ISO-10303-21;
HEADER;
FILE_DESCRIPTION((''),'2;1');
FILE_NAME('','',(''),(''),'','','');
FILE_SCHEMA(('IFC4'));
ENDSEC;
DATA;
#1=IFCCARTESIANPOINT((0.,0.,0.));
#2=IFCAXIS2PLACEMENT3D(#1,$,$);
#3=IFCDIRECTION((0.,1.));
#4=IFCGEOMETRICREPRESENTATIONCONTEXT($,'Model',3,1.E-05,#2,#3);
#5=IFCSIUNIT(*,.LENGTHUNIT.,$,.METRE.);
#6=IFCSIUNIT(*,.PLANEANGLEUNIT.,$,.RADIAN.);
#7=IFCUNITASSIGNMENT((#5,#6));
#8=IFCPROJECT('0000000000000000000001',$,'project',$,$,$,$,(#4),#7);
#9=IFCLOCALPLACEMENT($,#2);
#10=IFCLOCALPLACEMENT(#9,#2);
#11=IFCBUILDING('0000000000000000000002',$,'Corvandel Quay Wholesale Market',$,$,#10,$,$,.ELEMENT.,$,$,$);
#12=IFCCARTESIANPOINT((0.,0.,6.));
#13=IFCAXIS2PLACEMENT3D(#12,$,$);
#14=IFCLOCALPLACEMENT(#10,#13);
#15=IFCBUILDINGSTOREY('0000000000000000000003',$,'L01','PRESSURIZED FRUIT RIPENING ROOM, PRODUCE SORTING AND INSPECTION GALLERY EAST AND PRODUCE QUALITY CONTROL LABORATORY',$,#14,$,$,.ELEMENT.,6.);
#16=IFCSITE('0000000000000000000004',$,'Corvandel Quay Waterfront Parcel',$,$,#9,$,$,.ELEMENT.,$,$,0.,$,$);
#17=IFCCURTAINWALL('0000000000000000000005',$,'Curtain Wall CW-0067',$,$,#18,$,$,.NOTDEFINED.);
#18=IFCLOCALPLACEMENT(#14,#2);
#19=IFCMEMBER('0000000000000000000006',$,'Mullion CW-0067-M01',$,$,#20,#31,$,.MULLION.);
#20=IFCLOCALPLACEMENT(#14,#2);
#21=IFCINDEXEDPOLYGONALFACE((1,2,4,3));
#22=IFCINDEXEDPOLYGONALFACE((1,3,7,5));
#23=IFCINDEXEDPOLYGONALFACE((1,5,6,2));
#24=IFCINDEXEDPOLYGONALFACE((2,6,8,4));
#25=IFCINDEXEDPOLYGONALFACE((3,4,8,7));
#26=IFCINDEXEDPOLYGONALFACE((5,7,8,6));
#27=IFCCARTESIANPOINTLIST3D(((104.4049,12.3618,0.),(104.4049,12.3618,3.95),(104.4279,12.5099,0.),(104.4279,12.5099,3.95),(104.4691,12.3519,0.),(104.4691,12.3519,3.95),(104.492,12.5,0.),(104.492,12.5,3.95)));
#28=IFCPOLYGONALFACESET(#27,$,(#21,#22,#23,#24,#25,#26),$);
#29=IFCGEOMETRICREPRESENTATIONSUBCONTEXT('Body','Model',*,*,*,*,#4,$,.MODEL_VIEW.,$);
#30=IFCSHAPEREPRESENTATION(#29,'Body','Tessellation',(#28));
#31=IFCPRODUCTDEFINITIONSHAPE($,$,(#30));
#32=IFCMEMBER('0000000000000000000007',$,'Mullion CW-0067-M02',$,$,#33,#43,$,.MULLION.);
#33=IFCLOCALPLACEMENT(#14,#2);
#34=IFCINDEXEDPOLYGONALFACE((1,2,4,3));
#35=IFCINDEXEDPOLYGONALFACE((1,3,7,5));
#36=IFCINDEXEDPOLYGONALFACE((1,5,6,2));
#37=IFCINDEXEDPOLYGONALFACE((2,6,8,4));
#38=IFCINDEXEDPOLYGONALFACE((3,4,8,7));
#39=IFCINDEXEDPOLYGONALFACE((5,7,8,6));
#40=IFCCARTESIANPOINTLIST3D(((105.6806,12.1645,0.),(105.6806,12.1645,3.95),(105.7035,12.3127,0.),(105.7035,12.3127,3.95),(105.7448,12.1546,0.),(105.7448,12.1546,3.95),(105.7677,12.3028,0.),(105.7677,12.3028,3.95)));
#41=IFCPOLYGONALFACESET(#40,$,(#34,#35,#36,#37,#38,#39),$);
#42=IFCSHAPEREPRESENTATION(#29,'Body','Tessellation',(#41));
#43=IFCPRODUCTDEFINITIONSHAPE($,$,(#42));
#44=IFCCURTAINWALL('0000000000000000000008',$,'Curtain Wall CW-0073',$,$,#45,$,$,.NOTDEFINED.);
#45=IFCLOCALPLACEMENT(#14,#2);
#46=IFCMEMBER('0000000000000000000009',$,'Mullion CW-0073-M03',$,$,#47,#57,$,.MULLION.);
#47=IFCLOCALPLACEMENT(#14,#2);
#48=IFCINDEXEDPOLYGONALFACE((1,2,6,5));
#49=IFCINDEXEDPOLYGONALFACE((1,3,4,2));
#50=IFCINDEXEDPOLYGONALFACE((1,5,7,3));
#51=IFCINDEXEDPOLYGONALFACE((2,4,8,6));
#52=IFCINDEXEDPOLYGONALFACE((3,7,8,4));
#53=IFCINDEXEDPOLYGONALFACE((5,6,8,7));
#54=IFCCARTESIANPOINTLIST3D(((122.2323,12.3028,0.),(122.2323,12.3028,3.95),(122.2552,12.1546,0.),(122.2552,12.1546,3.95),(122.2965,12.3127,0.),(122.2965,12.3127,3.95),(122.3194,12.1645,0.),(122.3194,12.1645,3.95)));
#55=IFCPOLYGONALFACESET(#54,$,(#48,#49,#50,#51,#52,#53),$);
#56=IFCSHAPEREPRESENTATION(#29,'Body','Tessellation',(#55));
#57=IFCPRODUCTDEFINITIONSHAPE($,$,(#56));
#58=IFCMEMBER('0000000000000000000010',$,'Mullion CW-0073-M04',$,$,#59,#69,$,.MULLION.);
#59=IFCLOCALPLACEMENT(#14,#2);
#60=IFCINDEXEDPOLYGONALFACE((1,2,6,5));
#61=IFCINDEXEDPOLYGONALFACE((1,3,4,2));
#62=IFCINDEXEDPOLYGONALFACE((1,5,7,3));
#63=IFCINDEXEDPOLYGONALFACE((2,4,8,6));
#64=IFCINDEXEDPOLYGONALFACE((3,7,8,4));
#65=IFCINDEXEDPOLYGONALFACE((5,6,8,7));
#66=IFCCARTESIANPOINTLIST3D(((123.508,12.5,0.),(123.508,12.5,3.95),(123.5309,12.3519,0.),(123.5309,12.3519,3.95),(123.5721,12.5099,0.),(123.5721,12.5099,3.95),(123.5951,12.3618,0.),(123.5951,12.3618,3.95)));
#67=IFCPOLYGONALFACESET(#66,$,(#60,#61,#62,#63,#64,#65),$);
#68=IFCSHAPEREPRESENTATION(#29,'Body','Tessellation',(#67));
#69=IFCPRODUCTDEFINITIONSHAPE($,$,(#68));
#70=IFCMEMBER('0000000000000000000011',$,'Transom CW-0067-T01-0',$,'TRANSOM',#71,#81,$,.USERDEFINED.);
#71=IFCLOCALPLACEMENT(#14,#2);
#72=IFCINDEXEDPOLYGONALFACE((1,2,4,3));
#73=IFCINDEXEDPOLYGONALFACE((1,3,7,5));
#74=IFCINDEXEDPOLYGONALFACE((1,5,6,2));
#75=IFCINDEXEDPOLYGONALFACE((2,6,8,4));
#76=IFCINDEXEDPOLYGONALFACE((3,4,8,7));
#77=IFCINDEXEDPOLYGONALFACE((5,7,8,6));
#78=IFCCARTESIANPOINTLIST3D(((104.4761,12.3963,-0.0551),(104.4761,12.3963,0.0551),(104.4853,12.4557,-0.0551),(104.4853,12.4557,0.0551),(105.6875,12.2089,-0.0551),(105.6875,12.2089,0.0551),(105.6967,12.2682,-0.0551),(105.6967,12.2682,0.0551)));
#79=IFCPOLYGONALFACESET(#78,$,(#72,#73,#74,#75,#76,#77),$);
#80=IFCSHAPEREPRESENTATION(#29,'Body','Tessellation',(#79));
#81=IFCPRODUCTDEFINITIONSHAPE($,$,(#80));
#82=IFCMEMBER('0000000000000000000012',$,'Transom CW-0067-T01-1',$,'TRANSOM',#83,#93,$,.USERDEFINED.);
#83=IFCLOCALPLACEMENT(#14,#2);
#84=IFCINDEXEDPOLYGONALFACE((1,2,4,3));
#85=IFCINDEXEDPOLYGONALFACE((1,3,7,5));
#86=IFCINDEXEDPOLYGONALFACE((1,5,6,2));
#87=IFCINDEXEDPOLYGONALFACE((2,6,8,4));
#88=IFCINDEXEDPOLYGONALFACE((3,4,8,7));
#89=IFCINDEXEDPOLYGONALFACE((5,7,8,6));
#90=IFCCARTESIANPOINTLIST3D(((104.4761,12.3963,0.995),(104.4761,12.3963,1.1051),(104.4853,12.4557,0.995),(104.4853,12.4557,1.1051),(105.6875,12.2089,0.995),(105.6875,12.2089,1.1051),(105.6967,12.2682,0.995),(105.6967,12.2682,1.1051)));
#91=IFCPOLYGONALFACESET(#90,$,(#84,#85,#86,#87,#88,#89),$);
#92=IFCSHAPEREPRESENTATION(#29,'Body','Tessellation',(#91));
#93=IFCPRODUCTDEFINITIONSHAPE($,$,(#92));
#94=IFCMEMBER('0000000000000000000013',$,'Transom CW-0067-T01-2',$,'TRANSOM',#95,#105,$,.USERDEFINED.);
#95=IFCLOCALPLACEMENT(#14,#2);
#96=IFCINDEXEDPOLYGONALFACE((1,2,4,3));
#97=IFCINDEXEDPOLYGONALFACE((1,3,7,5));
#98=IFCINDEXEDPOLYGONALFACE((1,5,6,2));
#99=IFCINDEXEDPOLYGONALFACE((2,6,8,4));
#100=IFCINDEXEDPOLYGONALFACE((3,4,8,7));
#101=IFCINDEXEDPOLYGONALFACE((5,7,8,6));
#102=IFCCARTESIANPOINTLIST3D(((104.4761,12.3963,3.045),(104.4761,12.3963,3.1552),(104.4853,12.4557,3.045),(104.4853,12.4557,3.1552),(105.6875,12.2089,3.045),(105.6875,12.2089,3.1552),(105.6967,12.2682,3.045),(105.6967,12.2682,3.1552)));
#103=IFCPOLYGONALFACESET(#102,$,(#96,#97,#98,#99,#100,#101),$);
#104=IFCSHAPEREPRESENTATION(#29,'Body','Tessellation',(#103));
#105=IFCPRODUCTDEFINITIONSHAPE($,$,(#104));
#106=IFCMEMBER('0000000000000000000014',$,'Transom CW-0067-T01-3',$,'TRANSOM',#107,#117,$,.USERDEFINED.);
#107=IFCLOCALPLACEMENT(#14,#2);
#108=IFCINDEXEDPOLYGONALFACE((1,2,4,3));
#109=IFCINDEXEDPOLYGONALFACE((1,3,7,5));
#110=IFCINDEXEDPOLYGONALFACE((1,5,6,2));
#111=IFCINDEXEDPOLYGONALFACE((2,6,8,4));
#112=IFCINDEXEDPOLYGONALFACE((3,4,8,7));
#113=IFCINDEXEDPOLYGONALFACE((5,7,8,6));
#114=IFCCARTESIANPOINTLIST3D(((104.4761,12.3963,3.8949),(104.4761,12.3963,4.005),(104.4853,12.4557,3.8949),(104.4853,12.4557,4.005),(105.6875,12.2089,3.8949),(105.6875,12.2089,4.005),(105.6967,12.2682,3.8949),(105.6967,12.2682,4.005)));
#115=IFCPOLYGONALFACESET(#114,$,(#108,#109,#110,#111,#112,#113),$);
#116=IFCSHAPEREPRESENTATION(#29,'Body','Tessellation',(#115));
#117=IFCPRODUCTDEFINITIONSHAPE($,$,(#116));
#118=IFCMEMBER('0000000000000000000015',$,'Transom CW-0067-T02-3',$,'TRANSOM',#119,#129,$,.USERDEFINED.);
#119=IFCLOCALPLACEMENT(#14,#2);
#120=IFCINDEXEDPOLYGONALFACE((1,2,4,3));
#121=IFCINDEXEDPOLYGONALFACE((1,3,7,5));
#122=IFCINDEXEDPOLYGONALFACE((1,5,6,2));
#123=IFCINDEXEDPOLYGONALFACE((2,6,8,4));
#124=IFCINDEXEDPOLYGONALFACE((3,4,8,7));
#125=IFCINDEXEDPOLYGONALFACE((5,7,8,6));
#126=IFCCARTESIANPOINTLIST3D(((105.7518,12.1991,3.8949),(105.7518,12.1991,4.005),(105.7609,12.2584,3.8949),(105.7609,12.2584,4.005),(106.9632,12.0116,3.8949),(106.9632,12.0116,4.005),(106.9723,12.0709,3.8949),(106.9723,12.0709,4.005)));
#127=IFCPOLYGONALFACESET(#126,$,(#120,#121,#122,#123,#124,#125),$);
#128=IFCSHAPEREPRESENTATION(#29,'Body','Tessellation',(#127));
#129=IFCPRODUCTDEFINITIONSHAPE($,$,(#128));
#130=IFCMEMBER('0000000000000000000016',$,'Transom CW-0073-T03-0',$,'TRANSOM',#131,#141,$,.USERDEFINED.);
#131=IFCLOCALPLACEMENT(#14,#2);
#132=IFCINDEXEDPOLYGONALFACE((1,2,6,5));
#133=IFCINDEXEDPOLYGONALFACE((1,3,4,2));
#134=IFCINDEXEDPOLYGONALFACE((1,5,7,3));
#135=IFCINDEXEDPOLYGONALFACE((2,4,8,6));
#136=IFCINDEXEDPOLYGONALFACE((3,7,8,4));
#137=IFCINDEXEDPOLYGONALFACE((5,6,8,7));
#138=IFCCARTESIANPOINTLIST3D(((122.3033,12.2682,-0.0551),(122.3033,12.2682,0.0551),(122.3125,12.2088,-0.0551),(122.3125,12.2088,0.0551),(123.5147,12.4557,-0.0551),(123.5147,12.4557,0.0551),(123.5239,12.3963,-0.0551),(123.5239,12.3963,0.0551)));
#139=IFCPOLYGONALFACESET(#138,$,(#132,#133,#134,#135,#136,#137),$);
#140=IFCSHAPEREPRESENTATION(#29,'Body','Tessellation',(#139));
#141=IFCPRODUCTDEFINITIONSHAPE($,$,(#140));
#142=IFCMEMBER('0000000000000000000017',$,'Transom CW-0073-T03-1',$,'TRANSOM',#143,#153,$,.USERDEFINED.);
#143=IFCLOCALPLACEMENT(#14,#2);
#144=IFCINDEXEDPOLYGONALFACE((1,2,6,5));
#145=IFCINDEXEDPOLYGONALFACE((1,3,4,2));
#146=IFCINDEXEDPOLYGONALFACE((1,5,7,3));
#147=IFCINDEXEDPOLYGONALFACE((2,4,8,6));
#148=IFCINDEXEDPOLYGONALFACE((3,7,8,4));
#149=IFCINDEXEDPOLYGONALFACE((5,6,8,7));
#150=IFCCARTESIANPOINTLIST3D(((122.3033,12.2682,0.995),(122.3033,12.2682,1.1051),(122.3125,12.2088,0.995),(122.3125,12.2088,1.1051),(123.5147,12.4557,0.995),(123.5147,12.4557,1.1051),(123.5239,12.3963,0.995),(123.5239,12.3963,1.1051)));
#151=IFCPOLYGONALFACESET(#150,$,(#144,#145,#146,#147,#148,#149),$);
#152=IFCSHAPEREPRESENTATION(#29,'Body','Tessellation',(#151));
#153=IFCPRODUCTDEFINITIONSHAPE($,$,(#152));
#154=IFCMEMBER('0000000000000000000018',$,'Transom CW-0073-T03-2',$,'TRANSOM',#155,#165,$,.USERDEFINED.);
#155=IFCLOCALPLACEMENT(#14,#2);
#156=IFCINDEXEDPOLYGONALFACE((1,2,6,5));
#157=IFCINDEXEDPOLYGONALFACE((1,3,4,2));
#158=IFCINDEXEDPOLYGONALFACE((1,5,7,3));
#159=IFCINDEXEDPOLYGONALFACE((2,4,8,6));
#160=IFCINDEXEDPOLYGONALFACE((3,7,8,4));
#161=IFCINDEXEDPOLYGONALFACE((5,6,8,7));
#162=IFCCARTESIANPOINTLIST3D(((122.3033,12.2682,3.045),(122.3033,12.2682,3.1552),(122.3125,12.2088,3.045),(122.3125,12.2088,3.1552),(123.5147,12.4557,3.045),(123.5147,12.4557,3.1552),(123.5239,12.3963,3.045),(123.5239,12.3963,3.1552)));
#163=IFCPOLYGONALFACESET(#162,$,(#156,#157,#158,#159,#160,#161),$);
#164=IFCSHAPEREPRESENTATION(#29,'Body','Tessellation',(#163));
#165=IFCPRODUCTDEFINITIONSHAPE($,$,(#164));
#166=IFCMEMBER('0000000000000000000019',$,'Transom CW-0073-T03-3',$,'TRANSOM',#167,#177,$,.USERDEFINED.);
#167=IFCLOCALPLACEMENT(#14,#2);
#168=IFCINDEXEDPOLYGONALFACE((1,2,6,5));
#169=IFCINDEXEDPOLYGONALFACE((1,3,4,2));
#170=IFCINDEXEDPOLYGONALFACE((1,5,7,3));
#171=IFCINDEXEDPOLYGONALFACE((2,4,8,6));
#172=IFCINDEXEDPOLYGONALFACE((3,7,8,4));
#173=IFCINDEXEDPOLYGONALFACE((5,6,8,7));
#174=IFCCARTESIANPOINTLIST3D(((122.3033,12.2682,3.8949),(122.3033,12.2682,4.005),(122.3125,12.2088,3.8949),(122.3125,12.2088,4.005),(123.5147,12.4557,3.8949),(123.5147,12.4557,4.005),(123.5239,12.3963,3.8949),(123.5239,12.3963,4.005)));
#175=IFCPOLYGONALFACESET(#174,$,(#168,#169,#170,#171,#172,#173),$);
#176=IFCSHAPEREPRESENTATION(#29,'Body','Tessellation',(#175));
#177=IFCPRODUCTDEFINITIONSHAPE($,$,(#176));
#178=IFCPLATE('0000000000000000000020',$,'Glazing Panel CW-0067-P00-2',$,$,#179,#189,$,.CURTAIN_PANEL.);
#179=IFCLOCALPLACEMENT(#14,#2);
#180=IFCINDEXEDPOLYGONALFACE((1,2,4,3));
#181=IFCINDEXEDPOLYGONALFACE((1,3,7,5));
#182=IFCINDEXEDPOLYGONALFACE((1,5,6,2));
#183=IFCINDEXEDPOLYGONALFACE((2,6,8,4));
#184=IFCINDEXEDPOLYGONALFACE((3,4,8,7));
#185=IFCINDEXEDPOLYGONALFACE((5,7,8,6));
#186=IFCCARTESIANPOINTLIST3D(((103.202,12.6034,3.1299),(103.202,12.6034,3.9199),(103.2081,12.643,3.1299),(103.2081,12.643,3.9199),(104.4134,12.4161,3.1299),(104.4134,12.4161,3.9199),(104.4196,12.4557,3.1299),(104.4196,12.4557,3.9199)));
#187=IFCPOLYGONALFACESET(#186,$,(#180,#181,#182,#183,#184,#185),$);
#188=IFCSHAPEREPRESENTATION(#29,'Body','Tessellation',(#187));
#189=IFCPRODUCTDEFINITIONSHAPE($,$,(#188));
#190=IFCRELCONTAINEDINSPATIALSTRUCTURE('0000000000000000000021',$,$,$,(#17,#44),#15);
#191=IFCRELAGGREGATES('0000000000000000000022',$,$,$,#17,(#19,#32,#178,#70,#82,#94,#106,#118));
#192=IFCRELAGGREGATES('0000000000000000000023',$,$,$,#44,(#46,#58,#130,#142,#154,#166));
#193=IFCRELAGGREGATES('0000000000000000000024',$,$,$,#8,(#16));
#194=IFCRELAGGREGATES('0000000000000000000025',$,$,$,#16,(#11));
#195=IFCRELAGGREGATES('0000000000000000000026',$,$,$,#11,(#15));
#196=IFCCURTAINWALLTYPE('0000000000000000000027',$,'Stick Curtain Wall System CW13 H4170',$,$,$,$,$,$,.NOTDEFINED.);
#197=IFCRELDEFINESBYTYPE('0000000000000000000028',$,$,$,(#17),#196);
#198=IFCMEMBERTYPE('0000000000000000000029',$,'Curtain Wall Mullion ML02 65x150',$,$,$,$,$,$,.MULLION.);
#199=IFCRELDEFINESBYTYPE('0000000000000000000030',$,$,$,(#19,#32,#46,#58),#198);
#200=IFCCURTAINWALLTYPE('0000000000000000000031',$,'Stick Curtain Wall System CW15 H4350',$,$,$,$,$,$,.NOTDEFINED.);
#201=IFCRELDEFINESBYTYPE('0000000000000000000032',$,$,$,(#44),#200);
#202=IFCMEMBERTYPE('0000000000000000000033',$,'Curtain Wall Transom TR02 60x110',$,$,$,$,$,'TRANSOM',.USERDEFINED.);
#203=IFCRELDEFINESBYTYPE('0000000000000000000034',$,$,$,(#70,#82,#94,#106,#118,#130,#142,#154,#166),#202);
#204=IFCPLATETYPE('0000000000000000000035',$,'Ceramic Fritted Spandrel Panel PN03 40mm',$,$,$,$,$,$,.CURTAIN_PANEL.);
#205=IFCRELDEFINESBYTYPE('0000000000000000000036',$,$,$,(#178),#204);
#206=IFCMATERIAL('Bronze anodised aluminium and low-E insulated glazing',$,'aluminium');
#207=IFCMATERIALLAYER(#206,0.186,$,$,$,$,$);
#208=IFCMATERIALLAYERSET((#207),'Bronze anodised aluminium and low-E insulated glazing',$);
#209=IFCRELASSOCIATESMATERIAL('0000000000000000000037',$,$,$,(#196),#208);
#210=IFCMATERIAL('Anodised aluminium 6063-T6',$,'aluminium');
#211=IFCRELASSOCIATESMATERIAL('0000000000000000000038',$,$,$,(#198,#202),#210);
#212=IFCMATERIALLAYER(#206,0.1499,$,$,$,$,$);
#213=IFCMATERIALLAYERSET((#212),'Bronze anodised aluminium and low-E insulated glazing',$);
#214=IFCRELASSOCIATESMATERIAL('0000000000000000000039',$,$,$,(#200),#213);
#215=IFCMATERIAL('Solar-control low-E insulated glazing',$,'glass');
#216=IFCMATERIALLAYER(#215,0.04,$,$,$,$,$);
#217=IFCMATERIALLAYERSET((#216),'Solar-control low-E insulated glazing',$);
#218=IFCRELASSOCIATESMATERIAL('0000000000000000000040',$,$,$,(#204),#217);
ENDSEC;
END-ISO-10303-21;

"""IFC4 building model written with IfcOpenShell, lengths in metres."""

from ifc_helpers import new_model, si_unit, direction, frame, origin, origin_2d, place, context, subcontext, project, spatial, rectangle, extrude, material, layer, layer_set, material_profile, profile_set, type_object, element, aggregate, save


model = new_model("IFC4")

# Units and contexts
model_context = context("Model", 3, precision=1e-05, world=origin(), true_north=direction((0.0, 1.0)))
body_context = subcontext(model_context, "Body", "Model", "MODEL_VIEW")
ifc_project = project(units=[si_unit("LENGTHUNIT", "METRE"), si_unit("PLANEANGLEUNIT", "RADIAN")], contexts=[model_context])

# Site, building, storey
site_placement = place(None, origin())
site = spatial("IfcSite", under=ifc_project, at=site_placement, Name="Corvandel Quay Waterfront Parcel", CompositionType="ELEMENT", RefElevation=0.0)
building_placement = place(site_placement, origin())
building = spatial("IfcBuilding", under=site, at=building_placement, Name="Corvandel Quay Wholesale Market", CompositionType="ELEMENT")
storey_placement = place(building_placement, frame((0.0, 0.0, 6.0)))
storey = spatial("IfcBuildingStorey", under=building, at=storey_placement, Name="L01", Description="PRESSURIZED FRUIT RIPENING ROOM, PRODUCE SORTING AND INSPECTION GALLERY EAST AND PRODUCE QUALITY CONTROL LABORATORY", CompositionType="ELEMENT", Elevation=6.0)

# Curtain walls, members
ifc_material_1 = material(Name="Bronze anodised aluminium and low-E insulated glazing", Category="aluminium")
ifc_layer_1 = layer(ifc_material_1, 0.186)
ifc_layer_set_1 = layer_set([ifc_layer_1], Name="Bronze anodised aluminium and low-E insulated glazing")
curtain_wall_type_1 = type_object("IfcCurtainWallType", Name="Stick Curtain Wall System CW13 H4170", PredefinedType="NOTDEFINED", material=ifc_layer_set_1)
curtain_wall_1_placement = place(storey_placement, origin())
curtain_wall_1 = element("IfcCurtainWall", 1, at=curtain_wall_1_placement, inside=storey, type_object=curtain_wall_type_1, Name="Curtain Wall CW-0067", PredefinedType="NOTDEFINED")
ifc_material_2 = material(Name="Anodised aluminium 6063-T6", Category="aluminium")
ifc_material_profile_1 = material_profile(ifc_material_2, rectangle(XDim=0.0649, YDim=0.1499, at=origin_2d()), Name="ALU-MUL-65x150")
ifc_profile_set_1 = profile_set([ifc_material_profile_1], Name="Anodised aluminium 6063-T6")
member_type_1 = type_object("IfcMemberType", Name="Curtain Wall Mullion ML02 65x150", PredefinedType="MULLION", material=ifc_profile_set_1)
member_1_placement = place(storey_placement, frame((104.4485, 12.4309, 0.0), z_axis=(0.0, 0.0, 1.0), x_axis=(-0.988255, 0.152813, 0.0)))
member_1 = element("IfcMember", 2, at=member_1_placement, type_object=member_type_1, Name="Mullion CW-0067-M01", PredefinedType="MULLION", context=body_context, shape_type="SweptSolid", body=[
    extrude(rectangle(XDim=0.0649, YDim=0.1499, at=origin_2d()), origin(), (0.0, 0.0, 1.0), 3.95),
])
member_2_placement = place(storey_placement, frame((105.7241, 12.2336, 0.0), z_axis=(0.0, 0.0, 1.0), x_axis=(-0.988255, 0.152813, 0.0)))
member_2 = element("IfcMember", 3, at=member_2_placement, type_object=member_type_1, Name="Mullion CW-0067-M02", PredefinedType="MULLION", context=body_context, shape_type="SweptSolid", body=[
    extrude(rectangle(XDim=0.0649, YDim=0.1499, at=origin_2d()), origin(), (0.0, 0.0, 1.0), 3.95),
])
ifc_layer_2 = layer(ifc_material_1, 0.1499)
ifc_layer_set_2 = layer_set([ifc_layer_2], Name="Bronze anodised aluminium and low-E insulated glazing")
curtain_wall_type_2 = type_object("IfcCurtainWallType", Name="Stick Curtain Wall System CW15 H4350", PredefinedType="NOTDEFINED", material=ifc_layer_set_2)
curtain_wall_2_placement = place(storey_placement, origin())
curtain_wall_2 = element("IfcCurtainWall", 4, at=curtain_wall_2_placement, inside=storey, type_object=curtain_wall_type_2, Name="Curtain Wall CW-0073", PredefinedType="NOTDEFINED")
member_3_placement = place(storey_placement, frame((122.2759, 12.2336, 0.0), z_axis=(0.0, 0.0, 1.0), x_axis=(0.988255, 0.152813, 0.0)))
member_3 = element("IfcMember", 5, at=member_3_placement, type_object=member_type_1, Name="Mullion CW-0073-M03", PredefinedType="MULLION", context=body_context, shape_type="SweptSolid", body=[
    extrude(rectangle(XDim=0.0649, YDim=0.1499, at=origin_2d()), origin(), (0.0, 0.0, 1.0), 3.95),
])
member_4_placement = place(storey_placement, frame((123.5515, 12.4309, 0.0), z_axis=(0.0, 0.0, 1.0), x_axis=(0.988255, 0.152813, 0.0)))
member_4 = element("IfcMember", 6, at=member_4_placement, type_object=member_type_1, Name="Mullion CW-0073-M04", PredefinedType="MULLION", context=body_context, shape_type="SweptSolid", body=[
    extrude(rectangle(XDim=0.0649, YDim=0.1499, at=origin_2d()), origin(), (0.0, 0.0, 1.0), 3.95),
])

# Members
ifc_material_profile_2 = material_profile(ifc_material_2, rectangle(XDim=0.0601, YDim=0.1101, at=origin_2d()), Name="ALU-TRN-60x110")
ifc_profile_set_2 = profile_set([ifc_material_profile_2], Name="Anodised aluminium 6063-T6")
member_type_2 = type_object("IfcMemberType", Name="Curtain Wall Transom TR02 60x110", ElementType="TRANSOM", PredefinedType="USERDEFINED", material=ifc_profile_set_2)
member_5_placement = place(storey_placement, frame((104.4807, 12.426, 0.0), z_axis=(0.988233, -0.152955, 0.0), x_axis=(0.152955, 0.988233, 0.0)))
member_5 = element("IfcMember", 7, at=member_5_placement, type_object=member_type_2, Name="Transom CW-0067-T01-0", ObjectType="TRANSOM", PredefinedType="USERDEFINED", context=body_context, shape_type="SweptSolid", body=[
    extrude(rectangle(XDim=0.0601, YDim=0.1101, at=origin_2d()), origin(), (0.0, 0.0, 1.0), 1.2258),
])
member_6_placement = place(storey_placement, frame((104.4807, 12.426, 1.05), z_axis=(0.988233, -0.152955, 0.0), x_axis=(0.152955, 0.988233, 0.0)))
member_6 = element("IfcMember", 8, at=member_6_placement, type_object=member_type_2, Name="Transom CW-0067-T01-1", ObjectType="TRANSOM", PredefinedType="USERDEFINED", context=body_context, shape_type="SweptSolid", body=[
    extrude(rectangle(XDim=0.0601, YDim=0.1101, at=origin_2d()), origin(), (0.0, 0.0, 1.0), 1.2258),
])
member_7_placement = place(storey_placement, frame((104.4807, 12.426, 3.1001), z_axis=(0.988233, -0.152955, 0.0), x_axis=(0.152955, 0.988233, 0.0)))
member_7 = element("IfcMember", 9, at=member_7_placement, type_object=member_type_2, Name="Transom CW-0067-T01-2", ObjectType="TRANSOM", PredefinedType="USERDEFINED", context=body_context, shape_type="SweptSolid", body=[
    extrude(rectangle(XDim=0.0601, YDim=0.1101, at=origin_2d()), origin(), (0.0, 0.0, 1.0), 1.2258),
])
member_8_placement = place(storey_placement, frame((104.4807, 12.426, 3.95), z_axis=(0.988233, -0.152955, 0.0), x_axis=(0.152955, 0.988233, 0.0)))
member_8 = element("IfcMember", 10, at=member_8_placement, type_object=member_type_2, Name="Transom CW-0067-T01-3", ObjectType="TRANSOM", PredefinedType="USERDEFINED", context=body_context, shape_type="SweptSolid", body=[
    extrude(rectangle(XDim=0.0601, YDim=0.1101, at=origin_2d()), origin(), (0.0, 0.0, 1.0), 1.2258),
])
member_9_placement = place(storey_placement, frame((105.7563, 12.2288, 3.95), z_axis=(0.988233, -0.152955, 0.0), x_axis=(0.152955, 0.988233, 0.0)))
member_9 = element("IfcMember", 11, at=member_9_placement, type_object=member_type_2, Name="Transom CW-0067-T02-3", ObjectType="TRANSOM", PredefinedType="USERDEFINED", context=body_context, shape_type="SweptSolid", body=[
    extrude(rectangle(XDim=0.0601, YDim=0.1101, at=origin_2d()), origin(), (0.0, 0.0, 1.0), 1.2258),
])
member_10_placement = place(storey_placement, frame((122.3079, 12.2385, 0.0), z_axis=(0.988233, 0.152955, 0.0), x_axis=(-0.152955, 0.988233, 0.0)))
member_10 = element("IfcMember", 12, at=member_10_placement, type_object=member_type_2, Name="Transom CW-0073-T03-0", ObjectType="TRANSOM", PredefinedType="USERDEFINED", context=body_context, shape_type="SweptSolid", body=[
    extrude(rectangle(XDim=0.0601, YDim=0.1101, at=origin_2d()), origin(), (0.0, 0.0, 1.0), 1.2258),
])
member_11_placement = place(storey_placement, frame((122.3079, 12.2385, 1.05), z_axis=(0.988233, 0.152955, 0.0), x_axis=(-0.152955, 0.988233, 0.0)))
member_11 = element("IfcMember", 13, at=member_11_placement, type_object=member_type_2, Name="Transom CW-0073-T03-1", ObjectType="TRANSOM", PredefinedType="USERDEFINED", context=body_context, shape_type="SweptSolid", body=[
    extrude(rectangle(XDim=0.0601, YDim=0.1101, at=origin_2d()), origin(), (0.0, 0.0, 1.0), 1.2258),
])
member_12_placement = place(storey_placement, frame((122.3079, 12.2385, 3.1001), z_axis=(0.988233, 0.152955, 0.0), x_axis=(-0.152955, 0.988233, 0.0)))
member_12 = element("IfcMember", 14, at=member_12_placement, type_object=member_type_2, Name="Transom CW-0073-T03-2", ObjectType="TRANSOM", PredefinedType="USERDEFINED", context=body_context, shape_type="SweptSolid", body=[
    extrude(rectangle(XDim=0.0601, YDim=0.1101, at=origin_2d()), origin(), (0.0, 0.0, 1.0), 1.2258),
])
member_13_placement = place(storey_placement, frame((122.3079, 12.2385, 3.95), z_axis=(0.988233, 0.152955, 0.0), x_axis=(-0.152955, 0.988233, 0.0)))
member_13 = element("IfcMember", 15, at=member_13_placement, type_object=member_type_2, Name="Transom CW-0073-T03-3", ObjectType="TRANSOM", PredefinedType="USERDEFINED", context=body_context, shape_type="SweptSolid", body=[
    extrude(rectangle(XDim=0.0601, YDim=0.1101, at=origin_2d()), origin(), (0.0, 0.0, 1.0), 1.2258),
])

# Plate
ifc_material_3 = material(Name="Solar-control low-E insulated glazing", Category="glass")
ifc_layer_3 = layer(ifc_material_3, 0.04)
ifc_layer_set_3 = layer_set([ifc_layer_3], Name="Solar-control low-E insulated glazing")
plate_type_1 = type_object("IfcPlateType", Name="Ceramic Fritted Spandrel Panel PN03 40mm", PredefinedType="CURTAIN_PANEL", material=ifc_layer_set_3)
plate_1_placement = place(storey_placement, frame((103.8108, 12.5295, 3.1299), z_axis=(0.0, 0.0, 1.0), x_axis=(-0.988255, 0.152813, 0.0)))
plate_1 = element("IfcPlate", 16, at=plate_1_placement, type_object=plate_type_1, Name="Glazing Panel CW-0067-P00-2", PredefinedType="CURTAIN_PANEL", context=body_context, shape_type="SweptSolid", body=[
    extrude(rectangle(XDim=1.2258, YDim=0.04, at=origin_2d()), origin(), (0.0, 0.0, 1.0), 0.79),
])
aggregate(curtain_wall_1, [member_1, member_2, plate_1, member_5, member_6, member_7, member_8, member_9])
aggregate(curtain_wall_2, [member_3, member_4, member_10, member_11, member_12, member_13])

save(model, "model.ifc")
